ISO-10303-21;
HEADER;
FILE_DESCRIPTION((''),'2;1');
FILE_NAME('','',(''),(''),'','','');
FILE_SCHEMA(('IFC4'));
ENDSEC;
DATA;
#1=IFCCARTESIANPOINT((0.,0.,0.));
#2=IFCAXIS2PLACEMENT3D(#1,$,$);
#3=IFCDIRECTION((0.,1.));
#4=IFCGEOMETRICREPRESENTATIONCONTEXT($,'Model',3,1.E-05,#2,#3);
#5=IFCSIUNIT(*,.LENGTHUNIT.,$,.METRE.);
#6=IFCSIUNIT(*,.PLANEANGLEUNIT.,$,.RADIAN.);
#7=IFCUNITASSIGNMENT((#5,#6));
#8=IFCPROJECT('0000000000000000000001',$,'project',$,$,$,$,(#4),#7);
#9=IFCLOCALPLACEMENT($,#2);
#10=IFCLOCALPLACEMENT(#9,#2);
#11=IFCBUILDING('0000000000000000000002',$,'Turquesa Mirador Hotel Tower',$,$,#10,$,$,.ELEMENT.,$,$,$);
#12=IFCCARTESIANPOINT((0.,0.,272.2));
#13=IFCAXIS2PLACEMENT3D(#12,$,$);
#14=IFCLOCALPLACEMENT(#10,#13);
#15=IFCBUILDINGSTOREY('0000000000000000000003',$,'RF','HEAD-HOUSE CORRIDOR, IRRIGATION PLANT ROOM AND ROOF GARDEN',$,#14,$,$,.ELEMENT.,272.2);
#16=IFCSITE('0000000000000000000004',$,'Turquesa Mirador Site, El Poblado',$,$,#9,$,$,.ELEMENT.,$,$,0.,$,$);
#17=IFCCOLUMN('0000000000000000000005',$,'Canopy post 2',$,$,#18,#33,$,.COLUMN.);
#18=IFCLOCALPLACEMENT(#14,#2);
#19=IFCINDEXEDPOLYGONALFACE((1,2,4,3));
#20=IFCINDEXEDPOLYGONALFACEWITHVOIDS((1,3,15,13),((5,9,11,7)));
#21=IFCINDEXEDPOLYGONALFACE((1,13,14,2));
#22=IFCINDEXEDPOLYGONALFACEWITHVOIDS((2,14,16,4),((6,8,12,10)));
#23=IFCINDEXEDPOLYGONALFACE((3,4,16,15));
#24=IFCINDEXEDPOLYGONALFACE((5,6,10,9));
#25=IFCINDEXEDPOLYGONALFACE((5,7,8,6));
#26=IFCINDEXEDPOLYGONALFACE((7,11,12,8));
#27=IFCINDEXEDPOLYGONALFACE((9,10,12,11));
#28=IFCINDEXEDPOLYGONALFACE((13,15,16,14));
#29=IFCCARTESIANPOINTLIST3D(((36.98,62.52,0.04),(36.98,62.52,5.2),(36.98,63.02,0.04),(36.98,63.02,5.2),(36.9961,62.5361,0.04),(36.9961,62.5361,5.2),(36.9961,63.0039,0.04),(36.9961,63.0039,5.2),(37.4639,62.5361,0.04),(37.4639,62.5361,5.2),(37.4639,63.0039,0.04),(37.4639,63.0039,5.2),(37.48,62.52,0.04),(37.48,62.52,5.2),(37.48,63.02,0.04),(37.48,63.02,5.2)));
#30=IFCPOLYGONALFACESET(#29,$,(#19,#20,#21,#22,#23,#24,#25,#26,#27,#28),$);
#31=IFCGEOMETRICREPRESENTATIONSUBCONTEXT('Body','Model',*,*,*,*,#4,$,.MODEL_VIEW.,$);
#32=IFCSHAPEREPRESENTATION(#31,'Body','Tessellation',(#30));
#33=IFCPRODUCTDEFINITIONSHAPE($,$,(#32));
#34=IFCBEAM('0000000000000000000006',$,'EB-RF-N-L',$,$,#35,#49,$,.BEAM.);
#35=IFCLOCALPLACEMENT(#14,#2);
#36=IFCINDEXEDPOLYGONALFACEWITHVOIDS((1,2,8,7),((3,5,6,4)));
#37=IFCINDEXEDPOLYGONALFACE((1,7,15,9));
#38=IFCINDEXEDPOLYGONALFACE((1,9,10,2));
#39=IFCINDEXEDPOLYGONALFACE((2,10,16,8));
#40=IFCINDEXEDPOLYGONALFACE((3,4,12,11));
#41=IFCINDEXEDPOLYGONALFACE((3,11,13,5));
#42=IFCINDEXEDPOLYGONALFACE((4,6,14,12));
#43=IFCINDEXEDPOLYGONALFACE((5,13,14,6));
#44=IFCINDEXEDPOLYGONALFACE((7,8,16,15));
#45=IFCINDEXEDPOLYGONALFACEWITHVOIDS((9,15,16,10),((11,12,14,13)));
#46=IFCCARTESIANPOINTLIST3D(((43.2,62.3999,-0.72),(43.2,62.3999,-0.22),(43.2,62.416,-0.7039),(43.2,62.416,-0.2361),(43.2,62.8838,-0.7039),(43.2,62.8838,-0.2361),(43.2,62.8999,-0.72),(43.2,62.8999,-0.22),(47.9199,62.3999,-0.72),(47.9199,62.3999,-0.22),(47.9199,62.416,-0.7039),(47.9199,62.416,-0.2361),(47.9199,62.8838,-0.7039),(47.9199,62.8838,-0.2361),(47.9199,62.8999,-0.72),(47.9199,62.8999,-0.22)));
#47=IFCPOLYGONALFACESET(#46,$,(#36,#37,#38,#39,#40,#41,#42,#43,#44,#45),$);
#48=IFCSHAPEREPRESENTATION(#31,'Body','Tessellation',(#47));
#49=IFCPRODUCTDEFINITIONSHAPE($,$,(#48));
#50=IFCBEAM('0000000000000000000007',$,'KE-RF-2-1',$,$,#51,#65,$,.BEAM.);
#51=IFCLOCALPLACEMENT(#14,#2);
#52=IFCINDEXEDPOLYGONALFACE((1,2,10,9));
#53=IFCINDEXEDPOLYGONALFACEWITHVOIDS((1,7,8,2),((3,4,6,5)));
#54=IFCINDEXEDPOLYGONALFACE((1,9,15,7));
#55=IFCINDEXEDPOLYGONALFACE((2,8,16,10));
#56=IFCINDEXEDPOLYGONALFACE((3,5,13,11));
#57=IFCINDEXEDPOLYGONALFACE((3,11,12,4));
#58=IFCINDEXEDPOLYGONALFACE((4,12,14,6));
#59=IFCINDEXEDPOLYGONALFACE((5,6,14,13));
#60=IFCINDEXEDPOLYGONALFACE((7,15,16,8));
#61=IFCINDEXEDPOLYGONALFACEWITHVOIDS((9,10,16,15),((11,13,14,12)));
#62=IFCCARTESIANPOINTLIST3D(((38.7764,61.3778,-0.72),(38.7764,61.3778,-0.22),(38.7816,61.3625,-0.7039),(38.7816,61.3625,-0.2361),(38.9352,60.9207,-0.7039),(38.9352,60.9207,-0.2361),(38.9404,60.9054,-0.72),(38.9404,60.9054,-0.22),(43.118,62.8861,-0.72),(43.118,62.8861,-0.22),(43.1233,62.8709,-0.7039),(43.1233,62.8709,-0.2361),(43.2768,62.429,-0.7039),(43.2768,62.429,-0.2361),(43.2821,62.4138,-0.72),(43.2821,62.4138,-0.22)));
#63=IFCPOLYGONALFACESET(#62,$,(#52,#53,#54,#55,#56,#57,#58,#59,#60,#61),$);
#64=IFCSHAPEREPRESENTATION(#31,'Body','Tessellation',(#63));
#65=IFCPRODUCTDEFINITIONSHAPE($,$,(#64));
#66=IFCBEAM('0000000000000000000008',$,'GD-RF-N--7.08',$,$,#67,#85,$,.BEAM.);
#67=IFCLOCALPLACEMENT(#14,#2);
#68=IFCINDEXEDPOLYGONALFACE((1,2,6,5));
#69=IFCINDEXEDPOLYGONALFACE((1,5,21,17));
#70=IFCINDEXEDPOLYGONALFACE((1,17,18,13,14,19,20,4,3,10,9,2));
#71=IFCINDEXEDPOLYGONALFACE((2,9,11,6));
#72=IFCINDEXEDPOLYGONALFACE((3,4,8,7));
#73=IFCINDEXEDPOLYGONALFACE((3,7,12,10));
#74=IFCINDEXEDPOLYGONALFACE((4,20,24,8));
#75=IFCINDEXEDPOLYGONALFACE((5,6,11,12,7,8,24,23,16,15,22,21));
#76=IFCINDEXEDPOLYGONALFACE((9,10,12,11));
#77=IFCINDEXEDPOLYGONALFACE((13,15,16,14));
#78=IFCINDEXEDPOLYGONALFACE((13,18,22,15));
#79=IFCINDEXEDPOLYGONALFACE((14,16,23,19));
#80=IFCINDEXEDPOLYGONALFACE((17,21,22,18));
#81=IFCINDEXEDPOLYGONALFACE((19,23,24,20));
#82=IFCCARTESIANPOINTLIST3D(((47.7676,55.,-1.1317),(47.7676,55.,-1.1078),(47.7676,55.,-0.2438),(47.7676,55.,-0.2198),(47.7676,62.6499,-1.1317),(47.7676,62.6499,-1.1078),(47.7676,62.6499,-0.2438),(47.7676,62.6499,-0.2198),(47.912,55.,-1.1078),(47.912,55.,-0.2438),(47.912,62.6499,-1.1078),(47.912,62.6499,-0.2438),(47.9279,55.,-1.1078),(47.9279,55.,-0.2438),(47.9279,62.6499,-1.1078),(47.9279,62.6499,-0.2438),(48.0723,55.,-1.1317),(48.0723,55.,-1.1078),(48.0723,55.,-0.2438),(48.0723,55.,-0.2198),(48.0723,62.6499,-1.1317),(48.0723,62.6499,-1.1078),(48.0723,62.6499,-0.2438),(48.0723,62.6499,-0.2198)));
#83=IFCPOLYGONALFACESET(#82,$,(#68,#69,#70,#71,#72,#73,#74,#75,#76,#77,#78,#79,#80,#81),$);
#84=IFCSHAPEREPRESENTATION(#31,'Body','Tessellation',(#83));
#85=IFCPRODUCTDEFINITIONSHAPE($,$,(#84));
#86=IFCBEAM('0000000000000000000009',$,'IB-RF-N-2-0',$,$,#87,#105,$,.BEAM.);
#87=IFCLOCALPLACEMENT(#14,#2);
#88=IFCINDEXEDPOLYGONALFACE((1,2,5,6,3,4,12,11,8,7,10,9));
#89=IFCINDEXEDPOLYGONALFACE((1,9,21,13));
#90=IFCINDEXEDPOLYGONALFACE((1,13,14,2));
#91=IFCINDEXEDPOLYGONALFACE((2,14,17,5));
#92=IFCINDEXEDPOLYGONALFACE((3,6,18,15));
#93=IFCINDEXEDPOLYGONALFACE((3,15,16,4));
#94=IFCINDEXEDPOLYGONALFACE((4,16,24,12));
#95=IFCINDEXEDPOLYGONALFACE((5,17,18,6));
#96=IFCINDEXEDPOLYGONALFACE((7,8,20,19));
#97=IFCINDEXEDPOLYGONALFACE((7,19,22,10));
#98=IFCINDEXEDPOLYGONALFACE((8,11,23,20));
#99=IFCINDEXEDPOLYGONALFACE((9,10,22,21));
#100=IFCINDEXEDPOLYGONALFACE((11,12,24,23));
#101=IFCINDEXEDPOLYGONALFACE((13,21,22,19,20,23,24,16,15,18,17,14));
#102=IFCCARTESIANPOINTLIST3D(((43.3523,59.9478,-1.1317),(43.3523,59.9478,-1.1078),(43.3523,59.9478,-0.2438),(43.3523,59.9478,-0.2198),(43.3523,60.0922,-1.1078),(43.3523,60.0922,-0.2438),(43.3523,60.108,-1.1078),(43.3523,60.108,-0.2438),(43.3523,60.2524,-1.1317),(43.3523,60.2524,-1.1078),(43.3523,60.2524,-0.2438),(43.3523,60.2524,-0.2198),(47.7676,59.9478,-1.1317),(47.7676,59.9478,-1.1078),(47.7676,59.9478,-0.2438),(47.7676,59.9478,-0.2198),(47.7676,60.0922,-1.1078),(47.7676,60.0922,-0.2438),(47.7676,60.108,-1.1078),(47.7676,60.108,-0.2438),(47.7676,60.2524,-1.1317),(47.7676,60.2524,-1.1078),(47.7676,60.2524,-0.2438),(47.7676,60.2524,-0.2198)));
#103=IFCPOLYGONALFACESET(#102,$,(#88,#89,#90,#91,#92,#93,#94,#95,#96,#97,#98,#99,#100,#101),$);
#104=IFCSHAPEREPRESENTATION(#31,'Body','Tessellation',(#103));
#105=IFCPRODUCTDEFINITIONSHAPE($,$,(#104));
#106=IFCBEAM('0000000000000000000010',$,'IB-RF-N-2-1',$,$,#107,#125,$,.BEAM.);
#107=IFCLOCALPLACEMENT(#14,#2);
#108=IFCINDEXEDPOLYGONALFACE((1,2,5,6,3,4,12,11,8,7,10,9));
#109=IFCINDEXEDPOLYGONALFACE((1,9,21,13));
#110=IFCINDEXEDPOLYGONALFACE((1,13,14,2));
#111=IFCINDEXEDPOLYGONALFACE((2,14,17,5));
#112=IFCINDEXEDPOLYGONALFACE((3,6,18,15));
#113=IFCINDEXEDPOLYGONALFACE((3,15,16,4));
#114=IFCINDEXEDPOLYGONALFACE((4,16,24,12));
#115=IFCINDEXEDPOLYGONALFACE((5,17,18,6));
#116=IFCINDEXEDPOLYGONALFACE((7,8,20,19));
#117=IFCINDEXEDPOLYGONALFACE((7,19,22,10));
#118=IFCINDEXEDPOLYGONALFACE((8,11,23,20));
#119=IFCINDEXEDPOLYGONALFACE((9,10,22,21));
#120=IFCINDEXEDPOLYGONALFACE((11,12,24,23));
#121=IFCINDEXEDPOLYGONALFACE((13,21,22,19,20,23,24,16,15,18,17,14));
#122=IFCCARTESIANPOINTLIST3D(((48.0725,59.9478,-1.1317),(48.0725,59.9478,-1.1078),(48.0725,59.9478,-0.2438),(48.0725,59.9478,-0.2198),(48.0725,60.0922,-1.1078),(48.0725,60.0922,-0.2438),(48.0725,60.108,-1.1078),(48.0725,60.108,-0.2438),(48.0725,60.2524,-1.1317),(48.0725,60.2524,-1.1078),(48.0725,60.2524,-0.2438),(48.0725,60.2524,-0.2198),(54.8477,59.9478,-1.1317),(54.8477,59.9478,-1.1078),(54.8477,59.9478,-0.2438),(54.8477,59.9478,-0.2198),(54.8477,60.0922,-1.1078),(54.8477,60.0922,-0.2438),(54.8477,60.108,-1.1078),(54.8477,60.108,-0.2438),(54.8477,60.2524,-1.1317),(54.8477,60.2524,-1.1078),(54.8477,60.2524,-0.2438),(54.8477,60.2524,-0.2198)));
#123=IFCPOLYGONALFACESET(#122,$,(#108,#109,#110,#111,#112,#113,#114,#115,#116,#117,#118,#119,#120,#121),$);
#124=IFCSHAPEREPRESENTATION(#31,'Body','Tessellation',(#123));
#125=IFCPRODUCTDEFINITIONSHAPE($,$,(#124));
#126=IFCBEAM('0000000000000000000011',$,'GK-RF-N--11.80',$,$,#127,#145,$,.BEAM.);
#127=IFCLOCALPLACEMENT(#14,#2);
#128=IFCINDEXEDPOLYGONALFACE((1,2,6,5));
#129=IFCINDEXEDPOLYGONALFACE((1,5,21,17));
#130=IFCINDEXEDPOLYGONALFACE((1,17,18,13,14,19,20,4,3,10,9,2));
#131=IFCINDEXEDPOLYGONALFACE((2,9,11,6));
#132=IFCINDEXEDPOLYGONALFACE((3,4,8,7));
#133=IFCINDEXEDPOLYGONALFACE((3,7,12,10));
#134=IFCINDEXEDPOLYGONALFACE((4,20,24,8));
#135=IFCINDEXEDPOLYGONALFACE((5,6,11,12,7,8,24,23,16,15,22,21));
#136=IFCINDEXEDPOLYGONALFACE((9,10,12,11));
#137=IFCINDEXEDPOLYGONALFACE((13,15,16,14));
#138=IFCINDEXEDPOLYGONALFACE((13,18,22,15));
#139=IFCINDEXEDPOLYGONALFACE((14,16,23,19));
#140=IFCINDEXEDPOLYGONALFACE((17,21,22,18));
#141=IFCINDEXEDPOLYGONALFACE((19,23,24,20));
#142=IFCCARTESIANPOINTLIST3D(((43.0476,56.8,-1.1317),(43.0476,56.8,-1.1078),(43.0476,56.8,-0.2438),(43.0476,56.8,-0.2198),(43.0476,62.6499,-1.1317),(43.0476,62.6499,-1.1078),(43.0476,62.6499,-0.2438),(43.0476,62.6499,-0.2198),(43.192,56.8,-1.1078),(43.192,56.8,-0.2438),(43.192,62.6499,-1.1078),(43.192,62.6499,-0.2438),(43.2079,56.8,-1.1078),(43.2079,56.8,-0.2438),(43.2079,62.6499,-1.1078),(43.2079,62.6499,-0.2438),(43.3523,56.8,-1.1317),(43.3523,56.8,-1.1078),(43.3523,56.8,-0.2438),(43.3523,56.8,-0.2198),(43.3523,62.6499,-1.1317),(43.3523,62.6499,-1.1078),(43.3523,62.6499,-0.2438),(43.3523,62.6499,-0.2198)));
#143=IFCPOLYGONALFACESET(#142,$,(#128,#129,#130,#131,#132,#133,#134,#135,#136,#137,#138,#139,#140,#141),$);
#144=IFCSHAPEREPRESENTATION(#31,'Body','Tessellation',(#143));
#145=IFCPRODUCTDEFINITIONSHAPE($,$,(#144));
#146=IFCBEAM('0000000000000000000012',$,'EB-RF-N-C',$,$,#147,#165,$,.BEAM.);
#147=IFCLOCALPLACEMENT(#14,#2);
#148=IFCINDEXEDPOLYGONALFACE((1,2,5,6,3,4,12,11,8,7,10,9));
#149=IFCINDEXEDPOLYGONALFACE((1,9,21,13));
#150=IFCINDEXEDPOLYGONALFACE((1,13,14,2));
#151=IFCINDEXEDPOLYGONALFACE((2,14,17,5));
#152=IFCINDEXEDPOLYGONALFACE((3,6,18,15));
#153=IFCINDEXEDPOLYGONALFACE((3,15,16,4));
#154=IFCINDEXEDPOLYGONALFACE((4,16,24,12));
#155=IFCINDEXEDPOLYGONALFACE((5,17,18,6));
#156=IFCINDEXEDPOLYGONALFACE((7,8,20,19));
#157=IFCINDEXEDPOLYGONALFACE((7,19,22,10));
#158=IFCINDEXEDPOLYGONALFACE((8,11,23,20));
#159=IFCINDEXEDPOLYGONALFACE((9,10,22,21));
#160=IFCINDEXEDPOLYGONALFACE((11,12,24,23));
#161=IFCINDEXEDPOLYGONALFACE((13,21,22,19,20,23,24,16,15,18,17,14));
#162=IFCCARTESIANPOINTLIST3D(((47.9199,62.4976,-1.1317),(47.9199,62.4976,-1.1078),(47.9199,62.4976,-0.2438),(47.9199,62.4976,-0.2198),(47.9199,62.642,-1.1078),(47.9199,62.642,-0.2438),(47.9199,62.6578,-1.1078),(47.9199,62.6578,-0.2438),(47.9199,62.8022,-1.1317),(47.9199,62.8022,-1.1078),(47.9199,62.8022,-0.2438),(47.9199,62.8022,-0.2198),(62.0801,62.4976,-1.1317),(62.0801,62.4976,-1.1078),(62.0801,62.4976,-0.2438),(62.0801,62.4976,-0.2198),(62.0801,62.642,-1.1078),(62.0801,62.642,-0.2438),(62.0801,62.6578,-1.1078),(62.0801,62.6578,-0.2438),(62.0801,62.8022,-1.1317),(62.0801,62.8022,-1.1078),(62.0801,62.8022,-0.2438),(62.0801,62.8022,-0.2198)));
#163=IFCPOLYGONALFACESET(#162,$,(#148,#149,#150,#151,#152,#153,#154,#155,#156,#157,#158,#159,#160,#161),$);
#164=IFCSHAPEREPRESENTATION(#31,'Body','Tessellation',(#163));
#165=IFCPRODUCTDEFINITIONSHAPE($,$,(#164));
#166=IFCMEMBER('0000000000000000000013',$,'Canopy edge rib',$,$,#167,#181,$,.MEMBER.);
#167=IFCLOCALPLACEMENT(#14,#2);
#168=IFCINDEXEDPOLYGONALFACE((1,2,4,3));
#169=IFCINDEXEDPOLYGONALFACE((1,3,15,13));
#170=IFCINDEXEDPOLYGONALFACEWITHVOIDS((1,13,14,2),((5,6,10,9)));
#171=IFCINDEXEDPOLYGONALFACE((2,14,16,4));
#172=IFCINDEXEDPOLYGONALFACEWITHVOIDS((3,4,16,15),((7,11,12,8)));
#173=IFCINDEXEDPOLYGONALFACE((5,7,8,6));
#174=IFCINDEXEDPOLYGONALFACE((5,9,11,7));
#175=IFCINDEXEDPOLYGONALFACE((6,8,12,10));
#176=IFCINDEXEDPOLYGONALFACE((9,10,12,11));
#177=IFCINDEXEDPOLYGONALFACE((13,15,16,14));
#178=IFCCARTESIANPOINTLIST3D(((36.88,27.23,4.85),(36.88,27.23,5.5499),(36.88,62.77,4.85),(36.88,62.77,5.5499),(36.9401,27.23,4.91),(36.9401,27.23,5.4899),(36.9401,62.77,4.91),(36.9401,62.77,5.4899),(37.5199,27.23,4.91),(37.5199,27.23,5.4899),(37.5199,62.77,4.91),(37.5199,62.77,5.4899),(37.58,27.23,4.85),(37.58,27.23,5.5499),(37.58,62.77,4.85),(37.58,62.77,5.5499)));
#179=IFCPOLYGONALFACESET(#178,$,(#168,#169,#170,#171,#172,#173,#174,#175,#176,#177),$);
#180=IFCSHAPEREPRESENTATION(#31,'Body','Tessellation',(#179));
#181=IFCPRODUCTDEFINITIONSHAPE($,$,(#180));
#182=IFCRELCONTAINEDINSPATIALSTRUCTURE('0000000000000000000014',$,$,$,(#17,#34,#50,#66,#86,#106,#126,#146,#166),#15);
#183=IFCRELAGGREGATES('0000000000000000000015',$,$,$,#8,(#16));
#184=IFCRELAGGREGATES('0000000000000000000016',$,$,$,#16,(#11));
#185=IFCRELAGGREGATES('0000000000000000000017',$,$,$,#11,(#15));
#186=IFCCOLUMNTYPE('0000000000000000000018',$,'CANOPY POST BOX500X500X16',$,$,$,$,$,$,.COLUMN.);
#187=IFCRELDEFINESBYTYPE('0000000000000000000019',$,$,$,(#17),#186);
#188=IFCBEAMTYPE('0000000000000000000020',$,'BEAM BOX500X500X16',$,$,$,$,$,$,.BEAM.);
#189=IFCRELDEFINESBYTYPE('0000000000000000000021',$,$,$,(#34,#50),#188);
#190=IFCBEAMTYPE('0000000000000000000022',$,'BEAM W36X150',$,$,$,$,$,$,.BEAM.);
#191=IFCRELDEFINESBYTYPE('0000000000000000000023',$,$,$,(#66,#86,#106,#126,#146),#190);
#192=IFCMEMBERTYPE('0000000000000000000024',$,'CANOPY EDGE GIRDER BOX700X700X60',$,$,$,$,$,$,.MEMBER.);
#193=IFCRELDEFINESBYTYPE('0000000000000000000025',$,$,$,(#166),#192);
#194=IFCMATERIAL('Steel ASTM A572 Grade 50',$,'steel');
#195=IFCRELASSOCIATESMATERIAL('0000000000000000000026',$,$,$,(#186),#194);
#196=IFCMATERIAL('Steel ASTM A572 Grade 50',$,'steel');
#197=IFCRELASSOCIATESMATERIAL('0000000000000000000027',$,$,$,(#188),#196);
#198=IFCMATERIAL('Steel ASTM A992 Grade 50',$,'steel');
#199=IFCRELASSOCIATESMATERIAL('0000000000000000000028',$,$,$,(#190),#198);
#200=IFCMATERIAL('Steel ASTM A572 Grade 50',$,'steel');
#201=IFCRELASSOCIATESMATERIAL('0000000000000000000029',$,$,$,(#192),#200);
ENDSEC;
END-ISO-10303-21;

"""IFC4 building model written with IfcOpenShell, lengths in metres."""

from ifc_helpers import new_model, si_unit, direction, frame, origin, origin_2d, place, context, subcontext, project, spatial, hollow_rectangle, i_section, extrude, clip, halfspace, material, material_profile, profile_set, type_object, element, save


model = new_model("IFC4")

# Units and contexts
model_context = context("Model", 3, precision=1e-05, world=origin(), true_north=direction((0.0, 1.0)))
body_context = subcontext(model_context, "Body", "Model", "MODEL_VIEW")
ifc_project = project(units=[si_unit("LENGTHUNIT", "METRE"), si_unit("PLANEANGLEUNIT", "RADIAN")], contexts=[model_context])

# Site, building, storey
site_placement = place(None, origin())
site = spatial("IfcSite", under=ifc_project, at=site_placement, Name="Turquesa Mirador Site, El Poblado", CompositionType="ELEMENT", RefElevation=0.0)
building_placement = place(site_placement, origin())
building = spatial("IfcBuilding", under=site, at=building_placement, Name="Turquesa Mirador Hotel Tower", CompositionType="ELEMENT")
storey_placement = place(building_placement, frame((0.0, 0.0, 272.2)))
storey = spatial("IfcBuildingStorey", under=building, at=storey_placement, Name="RF", Description="HEAD-HOUSE CORRIDOR, IRRIGATION PLANT ROOM AND ROOF GARDEN", CompositionType="ELEMENT", Elevation=272.2)

# Column
ifc_material_1 = material(Name="Steel ASTM A572 Grade 50", Category="steel")
ifc_material_profile_1 = material_profile(ifc_material_1, hollow_rectangle(XDim=0.5, YDim=0.5, WallThickness=0.0161, at=origin_2d()), Name="BOX500X500X16")
ifc_profile_set_1 = profile_set([ifc_material_profile_1], Name="Steel ASTM A572 Grade 50")
column_type = type_object("IfcColumnType", Name="CANOPY POST BOX500X500X16", PredefinedType="COLUMN", material=ifc_profile_set_1)
column_placement = place(storey_placement, frame((37.23, 62.77, 0.0), z_axis=(0.0, 0.0, 1.0), x_axis=(1.0, 0.0, 0.0)))
element("IfcColumn", 1, at=column_placement, inside=storey, type_object=column_type, Name="Canopy post 2", PredefinedType="COLUMN", context=body_context, shape_type="Clipping", body=[
    clip(extrude(hollow_rectangle(XDim=0.5, YDim=0.5, WallThickness=0.0161, at=origin_2d()), origin(), (0.0, 0.0, 1.0), 5.2), halfspace(frame((0.0, 0.0, 0.04), z_axis=(0.0, 0.0, -1.0), x_axis=(1.0, 0.0, 0.0)), False)),
])

# Beams
ifc_material_2 = material(Name="Steel ASTM A572 Grade 50", Category="steel")
ifc_material_profile_2 = material_profile(ifc_material_2, hollow_rectangle(XDim=0.5, YDim=0.5, WallThickness=0.0161, at=origin_2d()), Name="BOX500X500X16")
ifc_profile_set_2 = profile_set([ifc_material_profile_2], Name="Steel ASTM A572 Grade 50")
beam_type_1 = type_object("IfcBeamType", Name="BEAM BOX500X500X16", PredefinedType="BEAM", material=ifc_profile_set_2)
beam_1_placement = place(storey_placement, frame((43.2, 62.6499, -0.47), z_axis=(1.0, 0.0, 0.0), x_axis=(0.0, 1.0, 0.0)))
element("IfcBeam", 2, at=beam_1_placement, inside=storey, type_object=beam_type_1, Name="EB-RF-N-L", PredefinedType="BEAM", context=body_context, shape_type="SweptSolid", body=[
    extrude(hollow_rectangle(XDim=0.5, YDim=0.5, WallThickness=0.0161, at=origin_2d()), origin(), (0.0, 0.0, 1.0), 4.72),
])
beam_2_placement = place(storey_placement, frame((38.8584, 61.1416, -0.47), z_axis=(0.944619, 0.32817, 0.0), x_axis=(-0.32817, 0.944619, 0.0)))
element("IfcBeam", 3, at=beam_2_placement, inside=storey, type_object=beam_type_1, Name="KE-RF-2-1", PredefinedType="BEAM", context=body_context, shape_type="SweptSolid", body=[
    extrude(hollow_rectangle(XDim=0.5, YDim=0.5, WallThickness=0.0161, at=origin_2d()), origin(), (0.0, 0.0, 1.0), 4.5962),
])
ifc_material_3 = material(Name="Steel ASTM A992 Grade 50", Category="steel")
ifc_material_profile_3 = material_profile(ifc_material_3, i_section(OverallWidth=0.3047, OverallDepth=0.9119, WebThickness=0.0159, FlangeThickness=0.0239, at=origin_2d()), Name="W36X150")
ifc_profile_set_3 = profile_set([ifc_material_profile_3], Name="Steel ASTM A992 Grade 50")
beam_type_2 = type_object("IfcBeamType", Name="BEAM W36X150", PredefinedType="BEAM", material=ifc_profile_set_3)
beam_3_placement = place(storey_placement, frame((47.9199, 62.6499, -0.6758), z_axis=(0.0, -1.0, 0.0), x_axis=(1.0, 0.0, 0.0)))
element("IfcBeam", 4, at=beam_3_placement, inside=storey, type_object=beam_type_2, Name="GD-RF-N--7.08", PredefinedType="BEAM", context=body_context, shape_type="SweptSolid", body=[
    extrude(i_section(OverallWidth=0.3047, OverallDepth=0.9119, WebThickness=0.0159, FlangeThickness=0.0239, at=origin_2d()), origin(), (0.0, 0.0, 1.0), 7.6499),
])
beam_4_placement = place(storey_placement, frame((43.3523, 60.1001, -0.6758), z_axis=(1.0, 0.0, 0.0), x_axis=(0.0, 1.0, 0.0)))
element("IfcBeam", 5, at=beam_4_placement, inside=storey, type_object=beam_type_2, Name="IB-RF-N-2-0", PredefinedType="BEAM", context=body_context, shape_type="SweptSolid", body=[
    extrude(i_section(OverallWidth=0.3047, OverallDepth=0.9119, WebThickness=0.0159, FlangeThickness=0.0239, at=origin_2d()), origin(), (0.0, 0.0, 1.0), 4.4153),
])
beam_5_placement = place(storey_placement, frame((48.0725, 60.1001, -0.6758), z_axis=(1.0, 0.0, 0.0), x_axis=(0.0, 1.0, 0.0)))
element("IfcBeam", 6, at=beam_5_placement, inside=storey, type_object=beam_type_2, Name="IB-RF-N-2-1", PredefinedType="BEAM", context=body_context, shape_type="SweptSolid", body=[
    extrude(i_section(OverallWidth=0.3047, OverallDepth=0.9119, WebThickness=0.0159, FlangeThickness=0.0239, at=origin_2d()), origin(), (0.0, 0.0, 1.0), 6.7751),
])
beam_6_placement = place(storey_placement, frame((43.2, 62.6499, -0.6758), z_axis=(0.0, -1.0, 0.0), x_axis=(1.0, 0.0, 0.0)))
element("IfcBeam", 7, at=beam_6_placement, inside=storey, type_object=beam_type_2, Name="GK-RF-N--11.80", PredefinedType="BEAM", context=body_context, shape_type="SweptSolid", body=[
    extrude(i_section(OverallWidth=0.3047, OverallDepth=0.9119, WebThickness=0.0159, FlangeThickness=0.0239, at=origin_2d()), origin(), (0.0, 0.0, 1.0), 5.8499),
])
beam_7_placement = place(storey_placement, frame((47.9199, 62.6499, -0.6758), z_axis=(1.0, 0.0, 0.0), x_axis=(0.0, 1.0, 0.0)))
element("IfcBeam", 8, at=beam_7_placement, inside=storey, type_object=beam_type_2, Name="EB-RF-N-C", PredefinedType="BEAM", context=body_context, shape_type="SweptSolid", body=[
    extrude(i_section(OverallWidth=0.3047, OverallDepth=0.9119, WebThickness=0.0159, FlangeThickness=0.0239, at=origin_2d()), origin(), (0.0, 0.0, 1.0), 14.1602),
])

# Member
ifc_material_4 = material(Name="Steel ASTM A572 Grade 50", Category="steel")
ifc_material_profile_4 = material_profile(ifc_material_4, hollow_rectangle(XDim=0.7, YDim=0.7, WallThickness=0.0601, at=origin_2d()), Name="BOX700X700X60")
ifc_profile_set_4 = profile_set([ifc_material_profile_4], Name="Steel ASTM A572 Grade 50")
member_type_1 = type_object("IfcMemberType", Name="CANOPY EDGE GIRDER BOX700X700X60", PredefinedType="MEMBER", material=ifc_profile_set_4)
member_1_placement = place(storey_placement, frame((37.23, 62.77, 5.2), z_axis=(0.0, -1.0, 0.0), x_axis=(1.0, 0.0, 0.0)))
element("IfcMember", 9, at=member_1_placement, inside=storey, type_object=member_type_1, Name="Canopy edge rib", PredefinedType="MEMBER", context=body_context, shape_type="SweptSolid", body=[
    extrude(hollow_rectangle(XDim=0.7, YDim=0.7, WallThickness=0.0601, at=origin_2d()), origin(), (0.0, 0.0, 1.0), 35.54),
])

save(model, "model.ifc")
